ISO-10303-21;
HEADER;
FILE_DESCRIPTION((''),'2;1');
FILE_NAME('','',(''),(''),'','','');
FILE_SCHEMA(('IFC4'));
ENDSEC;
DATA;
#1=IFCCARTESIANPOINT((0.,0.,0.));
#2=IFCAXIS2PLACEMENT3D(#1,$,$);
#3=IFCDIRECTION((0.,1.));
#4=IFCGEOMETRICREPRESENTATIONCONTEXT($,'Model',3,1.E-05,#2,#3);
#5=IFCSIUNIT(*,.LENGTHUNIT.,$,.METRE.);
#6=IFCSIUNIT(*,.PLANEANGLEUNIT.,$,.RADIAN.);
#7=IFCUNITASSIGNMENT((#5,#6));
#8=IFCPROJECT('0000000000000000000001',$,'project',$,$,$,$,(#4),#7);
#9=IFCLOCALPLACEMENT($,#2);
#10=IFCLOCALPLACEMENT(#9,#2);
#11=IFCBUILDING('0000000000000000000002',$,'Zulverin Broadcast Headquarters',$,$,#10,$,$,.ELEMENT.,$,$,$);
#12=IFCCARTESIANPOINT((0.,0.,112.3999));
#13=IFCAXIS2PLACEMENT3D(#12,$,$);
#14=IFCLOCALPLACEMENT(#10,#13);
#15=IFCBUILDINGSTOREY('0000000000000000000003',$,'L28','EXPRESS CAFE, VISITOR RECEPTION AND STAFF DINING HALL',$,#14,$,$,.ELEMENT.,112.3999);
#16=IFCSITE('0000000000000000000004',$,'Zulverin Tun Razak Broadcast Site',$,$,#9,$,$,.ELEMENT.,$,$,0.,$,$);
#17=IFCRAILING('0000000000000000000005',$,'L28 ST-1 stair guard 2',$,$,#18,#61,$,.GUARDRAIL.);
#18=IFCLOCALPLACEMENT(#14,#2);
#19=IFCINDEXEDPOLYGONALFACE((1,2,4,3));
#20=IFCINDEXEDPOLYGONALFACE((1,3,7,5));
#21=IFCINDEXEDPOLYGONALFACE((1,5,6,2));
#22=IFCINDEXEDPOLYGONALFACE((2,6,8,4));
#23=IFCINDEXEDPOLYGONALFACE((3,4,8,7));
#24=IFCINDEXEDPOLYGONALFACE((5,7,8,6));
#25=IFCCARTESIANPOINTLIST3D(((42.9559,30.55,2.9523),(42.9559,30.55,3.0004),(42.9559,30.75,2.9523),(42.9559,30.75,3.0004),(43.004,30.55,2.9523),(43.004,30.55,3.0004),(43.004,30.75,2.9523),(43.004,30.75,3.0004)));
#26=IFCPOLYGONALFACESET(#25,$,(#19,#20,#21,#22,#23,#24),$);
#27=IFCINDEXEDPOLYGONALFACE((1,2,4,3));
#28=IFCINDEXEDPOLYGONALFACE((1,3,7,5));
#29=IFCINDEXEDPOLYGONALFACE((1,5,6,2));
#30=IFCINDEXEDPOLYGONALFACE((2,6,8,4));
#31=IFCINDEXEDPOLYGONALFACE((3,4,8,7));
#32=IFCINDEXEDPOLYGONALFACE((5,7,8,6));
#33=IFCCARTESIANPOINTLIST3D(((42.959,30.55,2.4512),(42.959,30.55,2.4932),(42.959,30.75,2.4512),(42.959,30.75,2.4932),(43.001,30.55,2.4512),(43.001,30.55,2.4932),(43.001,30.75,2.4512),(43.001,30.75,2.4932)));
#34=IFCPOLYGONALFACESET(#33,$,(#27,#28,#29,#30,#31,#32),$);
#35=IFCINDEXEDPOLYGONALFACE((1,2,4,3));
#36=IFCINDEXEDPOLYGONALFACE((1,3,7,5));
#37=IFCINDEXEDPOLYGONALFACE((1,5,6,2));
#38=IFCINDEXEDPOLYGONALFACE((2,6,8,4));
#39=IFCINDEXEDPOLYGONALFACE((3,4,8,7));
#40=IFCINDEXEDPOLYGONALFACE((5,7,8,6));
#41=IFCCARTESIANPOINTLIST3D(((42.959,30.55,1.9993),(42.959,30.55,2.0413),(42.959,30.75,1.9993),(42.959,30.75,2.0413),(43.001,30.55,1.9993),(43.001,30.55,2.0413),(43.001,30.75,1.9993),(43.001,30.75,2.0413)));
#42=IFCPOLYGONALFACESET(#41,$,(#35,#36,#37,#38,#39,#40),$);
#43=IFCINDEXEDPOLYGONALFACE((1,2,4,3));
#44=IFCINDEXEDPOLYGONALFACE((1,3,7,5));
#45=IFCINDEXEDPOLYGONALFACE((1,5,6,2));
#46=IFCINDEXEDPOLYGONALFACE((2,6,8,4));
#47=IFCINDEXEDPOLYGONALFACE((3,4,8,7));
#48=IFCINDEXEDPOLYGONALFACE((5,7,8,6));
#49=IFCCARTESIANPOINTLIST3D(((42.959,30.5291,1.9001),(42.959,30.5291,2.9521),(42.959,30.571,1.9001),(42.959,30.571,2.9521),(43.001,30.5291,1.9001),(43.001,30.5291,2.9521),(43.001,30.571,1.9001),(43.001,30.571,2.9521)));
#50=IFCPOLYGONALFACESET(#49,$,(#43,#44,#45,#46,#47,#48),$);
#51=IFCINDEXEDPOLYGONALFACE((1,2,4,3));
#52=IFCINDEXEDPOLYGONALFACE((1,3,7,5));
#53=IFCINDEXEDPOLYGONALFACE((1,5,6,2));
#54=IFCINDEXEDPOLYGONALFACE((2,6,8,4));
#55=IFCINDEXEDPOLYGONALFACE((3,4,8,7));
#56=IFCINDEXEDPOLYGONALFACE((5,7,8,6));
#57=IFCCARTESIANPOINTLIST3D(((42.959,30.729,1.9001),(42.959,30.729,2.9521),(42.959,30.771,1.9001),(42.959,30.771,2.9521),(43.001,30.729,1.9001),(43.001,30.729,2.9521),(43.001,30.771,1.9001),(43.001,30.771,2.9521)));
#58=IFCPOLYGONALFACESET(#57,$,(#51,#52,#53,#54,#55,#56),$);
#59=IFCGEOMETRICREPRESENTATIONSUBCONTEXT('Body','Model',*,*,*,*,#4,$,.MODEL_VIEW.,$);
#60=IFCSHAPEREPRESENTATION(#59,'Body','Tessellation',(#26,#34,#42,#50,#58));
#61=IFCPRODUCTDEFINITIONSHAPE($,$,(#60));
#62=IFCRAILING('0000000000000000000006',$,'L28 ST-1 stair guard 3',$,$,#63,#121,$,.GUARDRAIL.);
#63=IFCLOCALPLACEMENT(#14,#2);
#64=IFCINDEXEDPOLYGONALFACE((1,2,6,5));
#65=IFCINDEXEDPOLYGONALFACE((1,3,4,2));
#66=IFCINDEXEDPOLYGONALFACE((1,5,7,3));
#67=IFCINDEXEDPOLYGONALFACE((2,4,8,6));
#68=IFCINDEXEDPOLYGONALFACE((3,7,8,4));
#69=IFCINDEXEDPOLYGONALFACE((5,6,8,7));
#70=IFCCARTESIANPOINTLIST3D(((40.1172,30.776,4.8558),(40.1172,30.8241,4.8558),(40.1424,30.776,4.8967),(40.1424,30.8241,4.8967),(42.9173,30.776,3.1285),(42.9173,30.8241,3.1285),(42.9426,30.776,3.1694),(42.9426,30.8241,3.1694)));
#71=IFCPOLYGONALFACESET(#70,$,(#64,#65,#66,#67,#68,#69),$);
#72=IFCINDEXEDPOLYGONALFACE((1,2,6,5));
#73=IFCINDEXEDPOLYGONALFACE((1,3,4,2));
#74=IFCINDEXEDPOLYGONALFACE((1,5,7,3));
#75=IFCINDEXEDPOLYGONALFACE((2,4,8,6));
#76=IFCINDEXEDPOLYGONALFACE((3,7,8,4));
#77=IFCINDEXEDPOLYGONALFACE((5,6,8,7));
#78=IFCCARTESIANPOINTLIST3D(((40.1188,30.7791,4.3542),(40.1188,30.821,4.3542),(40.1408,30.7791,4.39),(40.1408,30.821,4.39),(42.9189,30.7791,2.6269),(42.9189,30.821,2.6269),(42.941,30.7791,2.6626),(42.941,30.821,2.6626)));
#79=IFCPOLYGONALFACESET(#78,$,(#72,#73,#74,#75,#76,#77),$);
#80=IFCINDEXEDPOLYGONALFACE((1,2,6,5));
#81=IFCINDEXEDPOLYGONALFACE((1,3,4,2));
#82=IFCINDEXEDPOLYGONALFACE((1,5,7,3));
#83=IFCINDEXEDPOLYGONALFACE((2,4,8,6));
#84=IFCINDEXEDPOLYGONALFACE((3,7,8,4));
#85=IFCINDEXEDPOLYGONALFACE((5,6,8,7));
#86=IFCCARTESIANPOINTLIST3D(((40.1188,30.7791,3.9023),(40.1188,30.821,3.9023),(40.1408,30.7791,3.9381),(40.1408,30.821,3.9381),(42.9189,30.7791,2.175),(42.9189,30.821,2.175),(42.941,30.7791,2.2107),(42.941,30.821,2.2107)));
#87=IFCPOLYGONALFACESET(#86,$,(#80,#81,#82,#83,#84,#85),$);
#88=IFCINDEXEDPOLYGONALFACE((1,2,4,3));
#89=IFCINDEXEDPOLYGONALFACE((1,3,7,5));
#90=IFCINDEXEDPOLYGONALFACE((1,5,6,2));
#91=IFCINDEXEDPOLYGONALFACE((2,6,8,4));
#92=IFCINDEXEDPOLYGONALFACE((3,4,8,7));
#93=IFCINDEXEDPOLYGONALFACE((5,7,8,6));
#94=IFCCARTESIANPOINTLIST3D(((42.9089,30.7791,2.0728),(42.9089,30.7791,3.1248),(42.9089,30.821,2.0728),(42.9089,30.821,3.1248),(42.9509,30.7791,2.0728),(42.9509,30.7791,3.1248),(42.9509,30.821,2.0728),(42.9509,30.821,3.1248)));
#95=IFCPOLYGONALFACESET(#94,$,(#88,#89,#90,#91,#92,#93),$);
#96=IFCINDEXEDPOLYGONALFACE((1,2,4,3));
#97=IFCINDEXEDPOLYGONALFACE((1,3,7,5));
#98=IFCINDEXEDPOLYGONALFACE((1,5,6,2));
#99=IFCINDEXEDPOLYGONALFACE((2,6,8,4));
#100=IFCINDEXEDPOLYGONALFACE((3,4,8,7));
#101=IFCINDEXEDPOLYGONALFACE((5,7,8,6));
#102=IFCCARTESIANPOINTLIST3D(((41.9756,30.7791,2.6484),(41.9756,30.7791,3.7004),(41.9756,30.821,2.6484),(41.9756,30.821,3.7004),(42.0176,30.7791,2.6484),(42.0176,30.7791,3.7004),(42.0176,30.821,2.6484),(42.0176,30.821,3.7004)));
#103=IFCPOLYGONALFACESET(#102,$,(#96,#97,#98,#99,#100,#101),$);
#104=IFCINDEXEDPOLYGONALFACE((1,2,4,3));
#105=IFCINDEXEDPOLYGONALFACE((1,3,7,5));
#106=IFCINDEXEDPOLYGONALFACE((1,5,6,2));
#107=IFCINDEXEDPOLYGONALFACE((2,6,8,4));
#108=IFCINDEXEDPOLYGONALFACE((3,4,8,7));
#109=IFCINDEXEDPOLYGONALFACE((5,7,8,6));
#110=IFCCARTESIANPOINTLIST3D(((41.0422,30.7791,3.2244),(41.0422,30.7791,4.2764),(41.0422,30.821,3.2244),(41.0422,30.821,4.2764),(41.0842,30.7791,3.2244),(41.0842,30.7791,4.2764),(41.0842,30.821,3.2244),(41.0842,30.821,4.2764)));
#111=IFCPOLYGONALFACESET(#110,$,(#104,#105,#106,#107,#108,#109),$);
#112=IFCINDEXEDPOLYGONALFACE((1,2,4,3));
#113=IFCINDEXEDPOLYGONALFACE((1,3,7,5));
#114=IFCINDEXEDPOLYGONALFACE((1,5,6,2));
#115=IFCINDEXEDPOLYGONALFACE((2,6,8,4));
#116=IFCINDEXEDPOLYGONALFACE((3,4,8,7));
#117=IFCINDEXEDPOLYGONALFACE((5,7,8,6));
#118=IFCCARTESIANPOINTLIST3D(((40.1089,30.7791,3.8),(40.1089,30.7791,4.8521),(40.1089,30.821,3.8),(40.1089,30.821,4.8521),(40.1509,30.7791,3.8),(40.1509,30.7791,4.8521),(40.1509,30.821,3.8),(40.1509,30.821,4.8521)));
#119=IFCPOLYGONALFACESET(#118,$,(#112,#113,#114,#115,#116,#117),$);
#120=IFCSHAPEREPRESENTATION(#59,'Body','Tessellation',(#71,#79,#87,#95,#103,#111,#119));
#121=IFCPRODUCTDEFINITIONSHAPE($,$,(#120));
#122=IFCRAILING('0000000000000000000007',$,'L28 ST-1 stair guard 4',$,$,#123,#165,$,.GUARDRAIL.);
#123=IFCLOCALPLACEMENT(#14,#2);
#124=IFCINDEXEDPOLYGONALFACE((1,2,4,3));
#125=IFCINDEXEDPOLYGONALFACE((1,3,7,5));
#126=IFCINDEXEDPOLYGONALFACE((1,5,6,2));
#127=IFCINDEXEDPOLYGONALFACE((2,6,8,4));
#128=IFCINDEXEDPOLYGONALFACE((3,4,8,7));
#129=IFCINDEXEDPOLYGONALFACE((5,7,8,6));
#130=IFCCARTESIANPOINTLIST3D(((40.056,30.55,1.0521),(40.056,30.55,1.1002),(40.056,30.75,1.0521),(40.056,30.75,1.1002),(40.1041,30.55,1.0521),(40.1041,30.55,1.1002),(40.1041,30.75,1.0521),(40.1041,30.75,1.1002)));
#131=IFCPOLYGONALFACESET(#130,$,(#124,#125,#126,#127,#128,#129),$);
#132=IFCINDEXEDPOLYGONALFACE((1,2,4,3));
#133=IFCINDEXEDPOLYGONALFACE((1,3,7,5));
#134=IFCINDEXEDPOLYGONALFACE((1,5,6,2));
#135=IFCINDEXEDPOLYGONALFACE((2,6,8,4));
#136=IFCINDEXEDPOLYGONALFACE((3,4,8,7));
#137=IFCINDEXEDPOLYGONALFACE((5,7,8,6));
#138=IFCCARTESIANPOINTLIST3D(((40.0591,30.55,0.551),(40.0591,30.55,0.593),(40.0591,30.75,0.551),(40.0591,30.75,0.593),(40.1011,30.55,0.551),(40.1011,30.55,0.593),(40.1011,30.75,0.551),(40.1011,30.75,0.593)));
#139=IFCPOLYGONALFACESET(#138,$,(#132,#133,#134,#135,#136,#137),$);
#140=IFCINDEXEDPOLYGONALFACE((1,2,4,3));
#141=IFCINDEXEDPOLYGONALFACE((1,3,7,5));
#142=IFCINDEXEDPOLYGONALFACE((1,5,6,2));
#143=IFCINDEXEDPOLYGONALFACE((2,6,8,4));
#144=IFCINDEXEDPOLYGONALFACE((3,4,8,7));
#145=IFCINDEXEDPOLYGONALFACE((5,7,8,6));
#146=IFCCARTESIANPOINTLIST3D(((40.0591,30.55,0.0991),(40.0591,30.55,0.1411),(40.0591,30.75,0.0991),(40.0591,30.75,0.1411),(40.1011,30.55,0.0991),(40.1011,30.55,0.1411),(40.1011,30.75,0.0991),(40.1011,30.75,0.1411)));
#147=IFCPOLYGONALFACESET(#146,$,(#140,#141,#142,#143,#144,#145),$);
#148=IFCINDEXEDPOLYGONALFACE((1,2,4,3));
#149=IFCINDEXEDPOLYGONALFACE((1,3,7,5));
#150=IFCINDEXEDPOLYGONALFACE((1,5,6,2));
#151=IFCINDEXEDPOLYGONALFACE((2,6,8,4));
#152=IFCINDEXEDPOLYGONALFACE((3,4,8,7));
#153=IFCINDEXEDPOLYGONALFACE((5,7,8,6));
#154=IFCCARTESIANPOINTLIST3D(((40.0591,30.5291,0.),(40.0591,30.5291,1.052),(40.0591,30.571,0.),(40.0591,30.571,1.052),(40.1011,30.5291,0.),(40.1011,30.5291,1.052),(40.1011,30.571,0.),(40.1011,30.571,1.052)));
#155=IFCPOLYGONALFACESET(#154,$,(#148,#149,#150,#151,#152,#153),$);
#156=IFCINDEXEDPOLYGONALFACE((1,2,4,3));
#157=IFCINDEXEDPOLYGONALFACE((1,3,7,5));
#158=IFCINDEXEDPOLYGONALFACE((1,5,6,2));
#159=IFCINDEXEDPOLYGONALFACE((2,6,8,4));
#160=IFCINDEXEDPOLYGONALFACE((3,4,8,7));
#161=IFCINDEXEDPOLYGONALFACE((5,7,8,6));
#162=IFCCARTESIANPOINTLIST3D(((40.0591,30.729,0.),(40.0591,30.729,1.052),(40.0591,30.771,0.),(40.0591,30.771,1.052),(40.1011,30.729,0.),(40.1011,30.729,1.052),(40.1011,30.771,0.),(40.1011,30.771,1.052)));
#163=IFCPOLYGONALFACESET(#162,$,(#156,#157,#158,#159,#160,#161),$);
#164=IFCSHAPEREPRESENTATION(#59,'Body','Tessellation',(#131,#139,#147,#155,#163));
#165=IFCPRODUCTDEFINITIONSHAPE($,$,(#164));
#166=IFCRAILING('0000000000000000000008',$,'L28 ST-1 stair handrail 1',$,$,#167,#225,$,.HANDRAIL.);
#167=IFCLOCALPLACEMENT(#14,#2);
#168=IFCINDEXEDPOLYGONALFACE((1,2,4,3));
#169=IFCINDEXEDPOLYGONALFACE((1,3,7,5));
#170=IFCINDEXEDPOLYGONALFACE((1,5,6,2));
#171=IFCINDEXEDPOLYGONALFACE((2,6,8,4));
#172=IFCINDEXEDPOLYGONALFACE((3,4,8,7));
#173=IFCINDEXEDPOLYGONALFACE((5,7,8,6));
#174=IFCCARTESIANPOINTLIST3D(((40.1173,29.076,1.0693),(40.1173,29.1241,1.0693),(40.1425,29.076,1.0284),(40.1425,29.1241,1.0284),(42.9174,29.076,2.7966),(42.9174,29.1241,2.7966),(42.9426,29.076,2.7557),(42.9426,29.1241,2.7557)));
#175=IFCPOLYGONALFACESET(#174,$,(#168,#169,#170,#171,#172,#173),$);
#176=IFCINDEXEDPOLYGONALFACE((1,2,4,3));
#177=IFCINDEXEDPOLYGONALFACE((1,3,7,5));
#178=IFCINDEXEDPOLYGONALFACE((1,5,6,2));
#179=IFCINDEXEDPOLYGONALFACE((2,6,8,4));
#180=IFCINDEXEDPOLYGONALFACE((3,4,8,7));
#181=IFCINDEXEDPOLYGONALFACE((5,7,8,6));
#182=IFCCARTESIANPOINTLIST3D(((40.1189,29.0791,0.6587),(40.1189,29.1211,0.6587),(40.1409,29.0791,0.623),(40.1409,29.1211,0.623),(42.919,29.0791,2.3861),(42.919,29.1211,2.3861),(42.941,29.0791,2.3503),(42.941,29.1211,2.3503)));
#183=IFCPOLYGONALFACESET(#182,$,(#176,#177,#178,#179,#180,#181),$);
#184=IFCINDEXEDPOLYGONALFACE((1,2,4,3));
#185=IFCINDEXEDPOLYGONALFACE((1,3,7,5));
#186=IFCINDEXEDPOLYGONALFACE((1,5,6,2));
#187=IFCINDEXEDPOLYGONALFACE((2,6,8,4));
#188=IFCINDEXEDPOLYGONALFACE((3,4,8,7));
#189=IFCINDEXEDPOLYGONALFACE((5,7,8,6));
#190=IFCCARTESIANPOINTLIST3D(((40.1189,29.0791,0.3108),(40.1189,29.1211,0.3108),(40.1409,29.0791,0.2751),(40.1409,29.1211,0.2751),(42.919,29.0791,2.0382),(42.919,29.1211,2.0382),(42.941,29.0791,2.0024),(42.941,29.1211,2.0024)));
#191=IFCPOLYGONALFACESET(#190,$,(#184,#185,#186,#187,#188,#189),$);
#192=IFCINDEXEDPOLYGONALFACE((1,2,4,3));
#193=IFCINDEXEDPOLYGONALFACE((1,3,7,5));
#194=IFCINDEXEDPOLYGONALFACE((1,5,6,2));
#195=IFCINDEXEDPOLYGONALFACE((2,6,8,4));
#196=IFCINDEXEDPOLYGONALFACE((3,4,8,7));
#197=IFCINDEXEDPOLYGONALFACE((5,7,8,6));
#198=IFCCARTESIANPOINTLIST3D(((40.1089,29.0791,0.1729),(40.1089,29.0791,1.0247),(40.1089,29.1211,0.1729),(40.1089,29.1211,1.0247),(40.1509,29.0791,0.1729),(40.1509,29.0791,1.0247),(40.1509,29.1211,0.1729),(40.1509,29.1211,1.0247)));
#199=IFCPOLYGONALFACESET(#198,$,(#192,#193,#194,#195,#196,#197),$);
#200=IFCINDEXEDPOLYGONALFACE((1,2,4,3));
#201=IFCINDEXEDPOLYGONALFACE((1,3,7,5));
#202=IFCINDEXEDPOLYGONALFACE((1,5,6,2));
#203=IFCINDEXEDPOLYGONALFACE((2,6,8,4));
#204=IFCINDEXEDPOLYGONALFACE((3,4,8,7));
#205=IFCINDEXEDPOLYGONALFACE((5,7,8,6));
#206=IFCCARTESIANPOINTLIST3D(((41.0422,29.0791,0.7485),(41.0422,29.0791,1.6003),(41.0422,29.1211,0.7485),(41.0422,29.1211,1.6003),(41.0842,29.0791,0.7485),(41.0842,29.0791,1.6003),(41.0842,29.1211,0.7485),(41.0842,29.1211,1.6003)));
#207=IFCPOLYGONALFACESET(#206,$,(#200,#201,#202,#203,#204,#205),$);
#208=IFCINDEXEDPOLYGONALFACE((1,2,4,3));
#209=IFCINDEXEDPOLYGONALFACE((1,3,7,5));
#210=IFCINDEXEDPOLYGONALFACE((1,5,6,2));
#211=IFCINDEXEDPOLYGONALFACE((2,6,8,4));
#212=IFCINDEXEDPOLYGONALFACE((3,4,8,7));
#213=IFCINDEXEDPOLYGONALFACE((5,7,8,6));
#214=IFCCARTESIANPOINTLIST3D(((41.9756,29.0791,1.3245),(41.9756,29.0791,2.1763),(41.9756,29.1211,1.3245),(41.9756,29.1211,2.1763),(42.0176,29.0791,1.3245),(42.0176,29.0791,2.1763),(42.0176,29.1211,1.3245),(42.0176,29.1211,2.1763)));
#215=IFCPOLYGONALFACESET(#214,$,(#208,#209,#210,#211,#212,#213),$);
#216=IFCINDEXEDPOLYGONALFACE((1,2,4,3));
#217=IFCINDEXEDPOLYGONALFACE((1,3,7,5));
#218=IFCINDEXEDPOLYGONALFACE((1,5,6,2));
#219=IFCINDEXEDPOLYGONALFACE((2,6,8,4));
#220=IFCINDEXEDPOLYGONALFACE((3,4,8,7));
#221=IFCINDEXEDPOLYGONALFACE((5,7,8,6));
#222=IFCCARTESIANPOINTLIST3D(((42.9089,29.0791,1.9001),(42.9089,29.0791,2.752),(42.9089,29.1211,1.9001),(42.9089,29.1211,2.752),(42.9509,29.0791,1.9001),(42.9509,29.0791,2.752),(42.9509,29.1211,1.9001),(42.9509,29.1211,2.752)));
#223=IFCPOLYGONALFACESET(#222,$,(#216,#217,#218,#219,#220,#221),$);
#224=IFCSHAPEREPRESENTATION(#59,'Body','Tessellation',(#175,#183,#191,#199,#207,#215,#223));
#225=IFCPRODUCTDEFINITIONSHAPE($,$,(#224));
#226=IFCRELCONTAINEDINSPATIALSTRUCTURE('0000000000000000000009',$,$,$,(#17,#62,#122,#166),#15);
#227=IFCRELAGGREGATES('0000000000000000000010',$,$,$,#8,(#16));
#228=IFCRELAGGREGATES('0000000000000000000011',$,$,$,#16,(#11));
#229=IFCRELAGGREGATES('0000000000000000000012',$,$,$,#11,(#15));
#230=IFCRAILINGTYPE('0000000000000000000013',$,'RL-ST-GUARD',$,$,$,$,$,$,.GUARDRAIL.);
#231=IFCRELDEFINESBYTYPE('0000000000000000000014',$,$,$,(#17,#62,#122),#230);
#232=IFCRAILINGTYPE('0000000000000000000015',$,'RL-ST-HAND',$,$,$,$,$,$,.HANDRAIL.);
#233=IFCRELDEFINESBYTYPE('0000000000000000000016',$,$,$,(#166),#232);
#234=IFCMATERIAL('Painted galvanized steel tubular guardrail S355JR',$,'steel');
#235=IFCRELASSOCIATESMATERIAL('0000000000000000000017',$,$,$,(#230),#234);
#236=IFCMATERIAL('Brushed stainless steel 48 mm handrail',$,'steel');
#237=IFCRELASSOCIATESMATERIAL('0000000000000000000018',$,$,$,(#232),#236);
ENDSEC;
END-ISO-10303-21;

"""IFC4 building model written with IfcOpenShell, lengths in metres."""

from ifc_helpers import new_model, si_unit, direction, frame, origin, origin_2d, place, context, subcontext, project, spatial, rectangle, extrude, material, type_object, element, save


model = new_model("IFC4")

# Units and contexts
model_context = context("Model", 3, precision=1e-05, world=origin(), true_north=direction((0.0, 1.0)))
body_context = subcontext(model_context, "Body", "Model", "MODEL_VIEW")
ifc_project = project(units=[si_unit("LENGTHUNIT", "METRE"), si_unit("PLANEANGLEUNIT", "RADIAN")], contexts=[model_context])

# Site, building, storey
site_placement = place(None, origin())
site = spatial("IfcSite", under=ifc_project, at=site_placement, Name="Zulverin Tun Razak Broadcast Site", CompositionType="ELEMENT", RefElevation=0.0)
building_placement = place(site_placement, origin())
building = spatial("IfcBuilding", under=site, at=building_placement, Name="Zulverin Broadcast Headquarters", CompositionType="ELEMENT")
storey_placement = place(building_placement, frame((0.0, 0.0, 112.3999)))
storey = spatial("IfcBuildingStorey", under=building, at=storey_placement, Name="L28", Description="EXPRESS CAFE, VISITOR RECEPTION AND STAFF DINING HALL", CompositionType="ELEMENT", Elevation=112.3999)

# Railings
ifc_material_1 = material(Name="Painted galvanized steel tubular guardrail S355JR", Category="steel")
railing_type_1 = type_object("IfcRailingType", Name="RL-ST-GUARD", PredefinedType="GUARDRAIL", material=ifc_material_1)
railing_1_placement = place(storey_placement, frame((42.98, 30.55, 1.9001)))
element("IfcRailing", 1, at=railing_1_placement, inside=storey, type_object=railing_type_1, Name="L28 ST-1 stair guard 2", PredefinedType="GUARDRAIL", context=body_context, shape_type="SweptSolid", body=[
    extrude(rectangle(XDim=0.0481, YDim=0.0481, at=origin_2d()), frame((0.0, 0.0, 1.0762), z_axis=(0.0, 1.0, 0.0), x_axis=(-1.0, 0.0, 0.0)), (0.0, 0.0, 1.0), 0.2),
    extrude(rectangle(XDim=0.042, YDim=0.042, at=origin_2d()), frame((0.0, 0.0, 0.572), z_axis=(0.0, 1.0, 0.0), x_axis=(-1.0, 0.0, 0.0)), (0.0, 0.0, 1.0), 0.2),
    extrude(rectangle(XDim=0.042, YDim=0.042, at=origin_2d()), frame((0.0, 0.0, 0.1201), z_axis=(0.0, 1.0, 0.0), x_axis=(-1.0, 0.0, 0.0)), (0.0, 0.0, 1.0), 0.2),
    extrude(rectangle(XDim=0.042, YDim=0.042, at=origin_2d()), origin(), (0.0, 0.0, 1.0), 1.052),
    extrude(rectangle(XDim=0.042, YDim=0.042, at=origin_2d()), frame((0.0, 0.2, 0.0)), (0.0, 0.0, 1.0), 1.052),
])
railing_2_placement = place(storey_placement, frame((42.9299, 30.8, 2.0728)))
element("IfcRailing", 2, at=railing_2_placement, inside=storey, type_object=railing_type_1, Name="L28 ST-1 stair guard 3", PredefinedType="GUARDRAIL", context=body_context, shape_type="SweptSolid", body=[
    extrude(rectangle(XDim=0.0481, YDim=0.0481, at=origin_2d()), frame((0.0, 0.0, 1.0762), z_axis=(-0.85109, 0.0, 0.52502), x_axis=(0.0, -1.0, 0.0)), (0.0, 0.0, 1.0), 3.29),
    extrude(rectangle(XDim=0.042, YDim=0.042, at=origin_2d()), frame((0.0, 0.0, 0.572), z_axis=(-0.85109, 0.0, 0.52502), x_axis=(0.0, -1.0, 0.0)), (0.0, 0.0, 1.0), 3.29),
    extrude(rectangle(XDim=0.042, YDim=0.042, at=origin_2d()), frame((0.0, 0.0, 0.1201), z_axis=(-0.85109, 0.0, 0.52502), x_axis=(0.0, -1.0, 0.0)), (0.0, 0.0, 1.0), 3.29),
    extrude(rectangle(XDim=0.042, YDim=0.042, at=origin_2d()), origin(), (0.0, 0.0, 1.0), 1.052),
    extrude(rectangle(XDim=0.042, YDim=0.042, at=origin_2d()), frame((-0.9333, 0.0, 0.5757)), (0.0, 0.0, 1.0), 1.052),
    extrude(rectangle(XDim=0.042, YDim=0.042, at=origin_2d()), frame((-1.8667, 0.0, 1.1516)), (0.0, 0.0, 1.0), 1.052),
    extrude(rectangle(XDim=0.042, YDim=0.042, at=origin_2d()), frame((-2.8, 0.0, 1.7273)), (0.0, 0.0, 1.0), 1.052),
])
railing_3_placement = place(storey_placement, frame((40.0801, 30.55, 0.0)))
element("IfcRailing", 3, at=railing_3_placement, inside=storey, type_object=railing_type_1, Name="L28 ST-1 stair guard 4", PredefinedType="GUARDRAIL", context=body_context, shape_type="SweptSolid", body=[
    extrude(rectangle(XDim=0.0481, YDim=0.0481, at=origin_2d()), frame((0.0, 0.0, 1.0762), z_axis=(0.0, 1.0, 0.0), x_axis=(-1.0, 0.0, 0.0)), (0.0, 0.0, 1.0), 0.2),
    extrude(rectangle(XDim=0.042, YDim=0.042, at=origin_2d()), frame((0.0, 0.0, 0.572), z_axis=(0.0, 1.0, 0.0), x_axis=(-1.0, 0.0, 0.0)), (0.0, 0.0, 1.0), 0.2),
    extrude(rectangle(XDim=0.042, YDim=0.042, at=origin_2d()), frame((0.0, 0.0, 0.1201), z_axis=(0.0, 1.0, 0.0), x_axis=(-1.0, 0.0, 0.0)), (0.0, 0.0, 1.0), 0.2),
    extrude(rectangle(XDim=0.042, YDim=0.042, at=origin_2d()), origin(), (0.0, 0.0, 1.0), 1.052),
    extrude(rectangle(XDim=0.042, YDim=0.042, at=origin_2d()), frame((0.0, 0.2, 0.0)), (0.0, 0.0, 1.0), 1.052),
])
ifc_material_2 = material(Name="Brushed stainless steel 48 mm handrail", Category="steel")
railing_type_2 = type_object("IfcRailingType", Name="RL-ST-HAND", PredefinedType="HANDRAIL", material=ifc_material_2)
railing_4_placement = place(storey_placement, frame((40.1299, 29.1001, 0.1729)))
element("IfcRailing", 4, at=railing_4_placement, inside=storey, type_object=railing_type_2, Name="L28 ST-1 stair handrail 1", PredefinedType="HANDRAIL", context=body_context, shape_type="SweptSolid", body=[
    extrude(rectangle(XDim=0.0481, YDim=0.0481, at=origin_2d()), frame((0.0, 0.0, 0.876), z_axis=(0.85109, 0.0, 0.52502), x_axis=(0.0, 1.0, 0.0)), (0.0, 0.0, 1.0), 3.29),
    extrude(rectangle(XDim=0.042, YDim=0.042, at=origin_2d()), frame((0.0, 0.0, 0.468), z_axis=(0.85109, 0.0, 0.52502), x_axis=(0.0, 1.0, 0.0)), (0.0, 0.0, 1.0), 3.29),
    extrude(rectangle(XDim=0.042, YDim=0.042, at=origin_2d()), frame((0.0, 0.0, 0.1201), z_axis=(0.85109, 0.0, 0.52502), x_axis=(0.0, 1.0, 0.0)), (0.0, 0.0, 1.0), 3.29),
    extrude(rectangle(XDim=0.042, YDim=0.042, at=origin_2d()), origin(), (0.0, 0.0, 1.0), 0.8518),
    extrude(rectangle(XDim=0.042, YDim=0.042, at=origin_2d()), frame((0.9333, 0.0, 0.5757)), (0.0, 0.0, 1.0), 0.8518),
    extrude(rectangle(XDim=0.042, YDim=0.042, at=origin_2d()), frame((1.8667, 0.0, 1.1516)), (0.0, 0.0, 1.0), 0.8518),
    extrude(rectangle(XDim=0.042, YDim=0.042, at=origin_2d()), frame((2.8, 0.0, 1.7273)), (0.0, 0.0, 1.0), 0.8518),
])

save(model, "model.ifc")
